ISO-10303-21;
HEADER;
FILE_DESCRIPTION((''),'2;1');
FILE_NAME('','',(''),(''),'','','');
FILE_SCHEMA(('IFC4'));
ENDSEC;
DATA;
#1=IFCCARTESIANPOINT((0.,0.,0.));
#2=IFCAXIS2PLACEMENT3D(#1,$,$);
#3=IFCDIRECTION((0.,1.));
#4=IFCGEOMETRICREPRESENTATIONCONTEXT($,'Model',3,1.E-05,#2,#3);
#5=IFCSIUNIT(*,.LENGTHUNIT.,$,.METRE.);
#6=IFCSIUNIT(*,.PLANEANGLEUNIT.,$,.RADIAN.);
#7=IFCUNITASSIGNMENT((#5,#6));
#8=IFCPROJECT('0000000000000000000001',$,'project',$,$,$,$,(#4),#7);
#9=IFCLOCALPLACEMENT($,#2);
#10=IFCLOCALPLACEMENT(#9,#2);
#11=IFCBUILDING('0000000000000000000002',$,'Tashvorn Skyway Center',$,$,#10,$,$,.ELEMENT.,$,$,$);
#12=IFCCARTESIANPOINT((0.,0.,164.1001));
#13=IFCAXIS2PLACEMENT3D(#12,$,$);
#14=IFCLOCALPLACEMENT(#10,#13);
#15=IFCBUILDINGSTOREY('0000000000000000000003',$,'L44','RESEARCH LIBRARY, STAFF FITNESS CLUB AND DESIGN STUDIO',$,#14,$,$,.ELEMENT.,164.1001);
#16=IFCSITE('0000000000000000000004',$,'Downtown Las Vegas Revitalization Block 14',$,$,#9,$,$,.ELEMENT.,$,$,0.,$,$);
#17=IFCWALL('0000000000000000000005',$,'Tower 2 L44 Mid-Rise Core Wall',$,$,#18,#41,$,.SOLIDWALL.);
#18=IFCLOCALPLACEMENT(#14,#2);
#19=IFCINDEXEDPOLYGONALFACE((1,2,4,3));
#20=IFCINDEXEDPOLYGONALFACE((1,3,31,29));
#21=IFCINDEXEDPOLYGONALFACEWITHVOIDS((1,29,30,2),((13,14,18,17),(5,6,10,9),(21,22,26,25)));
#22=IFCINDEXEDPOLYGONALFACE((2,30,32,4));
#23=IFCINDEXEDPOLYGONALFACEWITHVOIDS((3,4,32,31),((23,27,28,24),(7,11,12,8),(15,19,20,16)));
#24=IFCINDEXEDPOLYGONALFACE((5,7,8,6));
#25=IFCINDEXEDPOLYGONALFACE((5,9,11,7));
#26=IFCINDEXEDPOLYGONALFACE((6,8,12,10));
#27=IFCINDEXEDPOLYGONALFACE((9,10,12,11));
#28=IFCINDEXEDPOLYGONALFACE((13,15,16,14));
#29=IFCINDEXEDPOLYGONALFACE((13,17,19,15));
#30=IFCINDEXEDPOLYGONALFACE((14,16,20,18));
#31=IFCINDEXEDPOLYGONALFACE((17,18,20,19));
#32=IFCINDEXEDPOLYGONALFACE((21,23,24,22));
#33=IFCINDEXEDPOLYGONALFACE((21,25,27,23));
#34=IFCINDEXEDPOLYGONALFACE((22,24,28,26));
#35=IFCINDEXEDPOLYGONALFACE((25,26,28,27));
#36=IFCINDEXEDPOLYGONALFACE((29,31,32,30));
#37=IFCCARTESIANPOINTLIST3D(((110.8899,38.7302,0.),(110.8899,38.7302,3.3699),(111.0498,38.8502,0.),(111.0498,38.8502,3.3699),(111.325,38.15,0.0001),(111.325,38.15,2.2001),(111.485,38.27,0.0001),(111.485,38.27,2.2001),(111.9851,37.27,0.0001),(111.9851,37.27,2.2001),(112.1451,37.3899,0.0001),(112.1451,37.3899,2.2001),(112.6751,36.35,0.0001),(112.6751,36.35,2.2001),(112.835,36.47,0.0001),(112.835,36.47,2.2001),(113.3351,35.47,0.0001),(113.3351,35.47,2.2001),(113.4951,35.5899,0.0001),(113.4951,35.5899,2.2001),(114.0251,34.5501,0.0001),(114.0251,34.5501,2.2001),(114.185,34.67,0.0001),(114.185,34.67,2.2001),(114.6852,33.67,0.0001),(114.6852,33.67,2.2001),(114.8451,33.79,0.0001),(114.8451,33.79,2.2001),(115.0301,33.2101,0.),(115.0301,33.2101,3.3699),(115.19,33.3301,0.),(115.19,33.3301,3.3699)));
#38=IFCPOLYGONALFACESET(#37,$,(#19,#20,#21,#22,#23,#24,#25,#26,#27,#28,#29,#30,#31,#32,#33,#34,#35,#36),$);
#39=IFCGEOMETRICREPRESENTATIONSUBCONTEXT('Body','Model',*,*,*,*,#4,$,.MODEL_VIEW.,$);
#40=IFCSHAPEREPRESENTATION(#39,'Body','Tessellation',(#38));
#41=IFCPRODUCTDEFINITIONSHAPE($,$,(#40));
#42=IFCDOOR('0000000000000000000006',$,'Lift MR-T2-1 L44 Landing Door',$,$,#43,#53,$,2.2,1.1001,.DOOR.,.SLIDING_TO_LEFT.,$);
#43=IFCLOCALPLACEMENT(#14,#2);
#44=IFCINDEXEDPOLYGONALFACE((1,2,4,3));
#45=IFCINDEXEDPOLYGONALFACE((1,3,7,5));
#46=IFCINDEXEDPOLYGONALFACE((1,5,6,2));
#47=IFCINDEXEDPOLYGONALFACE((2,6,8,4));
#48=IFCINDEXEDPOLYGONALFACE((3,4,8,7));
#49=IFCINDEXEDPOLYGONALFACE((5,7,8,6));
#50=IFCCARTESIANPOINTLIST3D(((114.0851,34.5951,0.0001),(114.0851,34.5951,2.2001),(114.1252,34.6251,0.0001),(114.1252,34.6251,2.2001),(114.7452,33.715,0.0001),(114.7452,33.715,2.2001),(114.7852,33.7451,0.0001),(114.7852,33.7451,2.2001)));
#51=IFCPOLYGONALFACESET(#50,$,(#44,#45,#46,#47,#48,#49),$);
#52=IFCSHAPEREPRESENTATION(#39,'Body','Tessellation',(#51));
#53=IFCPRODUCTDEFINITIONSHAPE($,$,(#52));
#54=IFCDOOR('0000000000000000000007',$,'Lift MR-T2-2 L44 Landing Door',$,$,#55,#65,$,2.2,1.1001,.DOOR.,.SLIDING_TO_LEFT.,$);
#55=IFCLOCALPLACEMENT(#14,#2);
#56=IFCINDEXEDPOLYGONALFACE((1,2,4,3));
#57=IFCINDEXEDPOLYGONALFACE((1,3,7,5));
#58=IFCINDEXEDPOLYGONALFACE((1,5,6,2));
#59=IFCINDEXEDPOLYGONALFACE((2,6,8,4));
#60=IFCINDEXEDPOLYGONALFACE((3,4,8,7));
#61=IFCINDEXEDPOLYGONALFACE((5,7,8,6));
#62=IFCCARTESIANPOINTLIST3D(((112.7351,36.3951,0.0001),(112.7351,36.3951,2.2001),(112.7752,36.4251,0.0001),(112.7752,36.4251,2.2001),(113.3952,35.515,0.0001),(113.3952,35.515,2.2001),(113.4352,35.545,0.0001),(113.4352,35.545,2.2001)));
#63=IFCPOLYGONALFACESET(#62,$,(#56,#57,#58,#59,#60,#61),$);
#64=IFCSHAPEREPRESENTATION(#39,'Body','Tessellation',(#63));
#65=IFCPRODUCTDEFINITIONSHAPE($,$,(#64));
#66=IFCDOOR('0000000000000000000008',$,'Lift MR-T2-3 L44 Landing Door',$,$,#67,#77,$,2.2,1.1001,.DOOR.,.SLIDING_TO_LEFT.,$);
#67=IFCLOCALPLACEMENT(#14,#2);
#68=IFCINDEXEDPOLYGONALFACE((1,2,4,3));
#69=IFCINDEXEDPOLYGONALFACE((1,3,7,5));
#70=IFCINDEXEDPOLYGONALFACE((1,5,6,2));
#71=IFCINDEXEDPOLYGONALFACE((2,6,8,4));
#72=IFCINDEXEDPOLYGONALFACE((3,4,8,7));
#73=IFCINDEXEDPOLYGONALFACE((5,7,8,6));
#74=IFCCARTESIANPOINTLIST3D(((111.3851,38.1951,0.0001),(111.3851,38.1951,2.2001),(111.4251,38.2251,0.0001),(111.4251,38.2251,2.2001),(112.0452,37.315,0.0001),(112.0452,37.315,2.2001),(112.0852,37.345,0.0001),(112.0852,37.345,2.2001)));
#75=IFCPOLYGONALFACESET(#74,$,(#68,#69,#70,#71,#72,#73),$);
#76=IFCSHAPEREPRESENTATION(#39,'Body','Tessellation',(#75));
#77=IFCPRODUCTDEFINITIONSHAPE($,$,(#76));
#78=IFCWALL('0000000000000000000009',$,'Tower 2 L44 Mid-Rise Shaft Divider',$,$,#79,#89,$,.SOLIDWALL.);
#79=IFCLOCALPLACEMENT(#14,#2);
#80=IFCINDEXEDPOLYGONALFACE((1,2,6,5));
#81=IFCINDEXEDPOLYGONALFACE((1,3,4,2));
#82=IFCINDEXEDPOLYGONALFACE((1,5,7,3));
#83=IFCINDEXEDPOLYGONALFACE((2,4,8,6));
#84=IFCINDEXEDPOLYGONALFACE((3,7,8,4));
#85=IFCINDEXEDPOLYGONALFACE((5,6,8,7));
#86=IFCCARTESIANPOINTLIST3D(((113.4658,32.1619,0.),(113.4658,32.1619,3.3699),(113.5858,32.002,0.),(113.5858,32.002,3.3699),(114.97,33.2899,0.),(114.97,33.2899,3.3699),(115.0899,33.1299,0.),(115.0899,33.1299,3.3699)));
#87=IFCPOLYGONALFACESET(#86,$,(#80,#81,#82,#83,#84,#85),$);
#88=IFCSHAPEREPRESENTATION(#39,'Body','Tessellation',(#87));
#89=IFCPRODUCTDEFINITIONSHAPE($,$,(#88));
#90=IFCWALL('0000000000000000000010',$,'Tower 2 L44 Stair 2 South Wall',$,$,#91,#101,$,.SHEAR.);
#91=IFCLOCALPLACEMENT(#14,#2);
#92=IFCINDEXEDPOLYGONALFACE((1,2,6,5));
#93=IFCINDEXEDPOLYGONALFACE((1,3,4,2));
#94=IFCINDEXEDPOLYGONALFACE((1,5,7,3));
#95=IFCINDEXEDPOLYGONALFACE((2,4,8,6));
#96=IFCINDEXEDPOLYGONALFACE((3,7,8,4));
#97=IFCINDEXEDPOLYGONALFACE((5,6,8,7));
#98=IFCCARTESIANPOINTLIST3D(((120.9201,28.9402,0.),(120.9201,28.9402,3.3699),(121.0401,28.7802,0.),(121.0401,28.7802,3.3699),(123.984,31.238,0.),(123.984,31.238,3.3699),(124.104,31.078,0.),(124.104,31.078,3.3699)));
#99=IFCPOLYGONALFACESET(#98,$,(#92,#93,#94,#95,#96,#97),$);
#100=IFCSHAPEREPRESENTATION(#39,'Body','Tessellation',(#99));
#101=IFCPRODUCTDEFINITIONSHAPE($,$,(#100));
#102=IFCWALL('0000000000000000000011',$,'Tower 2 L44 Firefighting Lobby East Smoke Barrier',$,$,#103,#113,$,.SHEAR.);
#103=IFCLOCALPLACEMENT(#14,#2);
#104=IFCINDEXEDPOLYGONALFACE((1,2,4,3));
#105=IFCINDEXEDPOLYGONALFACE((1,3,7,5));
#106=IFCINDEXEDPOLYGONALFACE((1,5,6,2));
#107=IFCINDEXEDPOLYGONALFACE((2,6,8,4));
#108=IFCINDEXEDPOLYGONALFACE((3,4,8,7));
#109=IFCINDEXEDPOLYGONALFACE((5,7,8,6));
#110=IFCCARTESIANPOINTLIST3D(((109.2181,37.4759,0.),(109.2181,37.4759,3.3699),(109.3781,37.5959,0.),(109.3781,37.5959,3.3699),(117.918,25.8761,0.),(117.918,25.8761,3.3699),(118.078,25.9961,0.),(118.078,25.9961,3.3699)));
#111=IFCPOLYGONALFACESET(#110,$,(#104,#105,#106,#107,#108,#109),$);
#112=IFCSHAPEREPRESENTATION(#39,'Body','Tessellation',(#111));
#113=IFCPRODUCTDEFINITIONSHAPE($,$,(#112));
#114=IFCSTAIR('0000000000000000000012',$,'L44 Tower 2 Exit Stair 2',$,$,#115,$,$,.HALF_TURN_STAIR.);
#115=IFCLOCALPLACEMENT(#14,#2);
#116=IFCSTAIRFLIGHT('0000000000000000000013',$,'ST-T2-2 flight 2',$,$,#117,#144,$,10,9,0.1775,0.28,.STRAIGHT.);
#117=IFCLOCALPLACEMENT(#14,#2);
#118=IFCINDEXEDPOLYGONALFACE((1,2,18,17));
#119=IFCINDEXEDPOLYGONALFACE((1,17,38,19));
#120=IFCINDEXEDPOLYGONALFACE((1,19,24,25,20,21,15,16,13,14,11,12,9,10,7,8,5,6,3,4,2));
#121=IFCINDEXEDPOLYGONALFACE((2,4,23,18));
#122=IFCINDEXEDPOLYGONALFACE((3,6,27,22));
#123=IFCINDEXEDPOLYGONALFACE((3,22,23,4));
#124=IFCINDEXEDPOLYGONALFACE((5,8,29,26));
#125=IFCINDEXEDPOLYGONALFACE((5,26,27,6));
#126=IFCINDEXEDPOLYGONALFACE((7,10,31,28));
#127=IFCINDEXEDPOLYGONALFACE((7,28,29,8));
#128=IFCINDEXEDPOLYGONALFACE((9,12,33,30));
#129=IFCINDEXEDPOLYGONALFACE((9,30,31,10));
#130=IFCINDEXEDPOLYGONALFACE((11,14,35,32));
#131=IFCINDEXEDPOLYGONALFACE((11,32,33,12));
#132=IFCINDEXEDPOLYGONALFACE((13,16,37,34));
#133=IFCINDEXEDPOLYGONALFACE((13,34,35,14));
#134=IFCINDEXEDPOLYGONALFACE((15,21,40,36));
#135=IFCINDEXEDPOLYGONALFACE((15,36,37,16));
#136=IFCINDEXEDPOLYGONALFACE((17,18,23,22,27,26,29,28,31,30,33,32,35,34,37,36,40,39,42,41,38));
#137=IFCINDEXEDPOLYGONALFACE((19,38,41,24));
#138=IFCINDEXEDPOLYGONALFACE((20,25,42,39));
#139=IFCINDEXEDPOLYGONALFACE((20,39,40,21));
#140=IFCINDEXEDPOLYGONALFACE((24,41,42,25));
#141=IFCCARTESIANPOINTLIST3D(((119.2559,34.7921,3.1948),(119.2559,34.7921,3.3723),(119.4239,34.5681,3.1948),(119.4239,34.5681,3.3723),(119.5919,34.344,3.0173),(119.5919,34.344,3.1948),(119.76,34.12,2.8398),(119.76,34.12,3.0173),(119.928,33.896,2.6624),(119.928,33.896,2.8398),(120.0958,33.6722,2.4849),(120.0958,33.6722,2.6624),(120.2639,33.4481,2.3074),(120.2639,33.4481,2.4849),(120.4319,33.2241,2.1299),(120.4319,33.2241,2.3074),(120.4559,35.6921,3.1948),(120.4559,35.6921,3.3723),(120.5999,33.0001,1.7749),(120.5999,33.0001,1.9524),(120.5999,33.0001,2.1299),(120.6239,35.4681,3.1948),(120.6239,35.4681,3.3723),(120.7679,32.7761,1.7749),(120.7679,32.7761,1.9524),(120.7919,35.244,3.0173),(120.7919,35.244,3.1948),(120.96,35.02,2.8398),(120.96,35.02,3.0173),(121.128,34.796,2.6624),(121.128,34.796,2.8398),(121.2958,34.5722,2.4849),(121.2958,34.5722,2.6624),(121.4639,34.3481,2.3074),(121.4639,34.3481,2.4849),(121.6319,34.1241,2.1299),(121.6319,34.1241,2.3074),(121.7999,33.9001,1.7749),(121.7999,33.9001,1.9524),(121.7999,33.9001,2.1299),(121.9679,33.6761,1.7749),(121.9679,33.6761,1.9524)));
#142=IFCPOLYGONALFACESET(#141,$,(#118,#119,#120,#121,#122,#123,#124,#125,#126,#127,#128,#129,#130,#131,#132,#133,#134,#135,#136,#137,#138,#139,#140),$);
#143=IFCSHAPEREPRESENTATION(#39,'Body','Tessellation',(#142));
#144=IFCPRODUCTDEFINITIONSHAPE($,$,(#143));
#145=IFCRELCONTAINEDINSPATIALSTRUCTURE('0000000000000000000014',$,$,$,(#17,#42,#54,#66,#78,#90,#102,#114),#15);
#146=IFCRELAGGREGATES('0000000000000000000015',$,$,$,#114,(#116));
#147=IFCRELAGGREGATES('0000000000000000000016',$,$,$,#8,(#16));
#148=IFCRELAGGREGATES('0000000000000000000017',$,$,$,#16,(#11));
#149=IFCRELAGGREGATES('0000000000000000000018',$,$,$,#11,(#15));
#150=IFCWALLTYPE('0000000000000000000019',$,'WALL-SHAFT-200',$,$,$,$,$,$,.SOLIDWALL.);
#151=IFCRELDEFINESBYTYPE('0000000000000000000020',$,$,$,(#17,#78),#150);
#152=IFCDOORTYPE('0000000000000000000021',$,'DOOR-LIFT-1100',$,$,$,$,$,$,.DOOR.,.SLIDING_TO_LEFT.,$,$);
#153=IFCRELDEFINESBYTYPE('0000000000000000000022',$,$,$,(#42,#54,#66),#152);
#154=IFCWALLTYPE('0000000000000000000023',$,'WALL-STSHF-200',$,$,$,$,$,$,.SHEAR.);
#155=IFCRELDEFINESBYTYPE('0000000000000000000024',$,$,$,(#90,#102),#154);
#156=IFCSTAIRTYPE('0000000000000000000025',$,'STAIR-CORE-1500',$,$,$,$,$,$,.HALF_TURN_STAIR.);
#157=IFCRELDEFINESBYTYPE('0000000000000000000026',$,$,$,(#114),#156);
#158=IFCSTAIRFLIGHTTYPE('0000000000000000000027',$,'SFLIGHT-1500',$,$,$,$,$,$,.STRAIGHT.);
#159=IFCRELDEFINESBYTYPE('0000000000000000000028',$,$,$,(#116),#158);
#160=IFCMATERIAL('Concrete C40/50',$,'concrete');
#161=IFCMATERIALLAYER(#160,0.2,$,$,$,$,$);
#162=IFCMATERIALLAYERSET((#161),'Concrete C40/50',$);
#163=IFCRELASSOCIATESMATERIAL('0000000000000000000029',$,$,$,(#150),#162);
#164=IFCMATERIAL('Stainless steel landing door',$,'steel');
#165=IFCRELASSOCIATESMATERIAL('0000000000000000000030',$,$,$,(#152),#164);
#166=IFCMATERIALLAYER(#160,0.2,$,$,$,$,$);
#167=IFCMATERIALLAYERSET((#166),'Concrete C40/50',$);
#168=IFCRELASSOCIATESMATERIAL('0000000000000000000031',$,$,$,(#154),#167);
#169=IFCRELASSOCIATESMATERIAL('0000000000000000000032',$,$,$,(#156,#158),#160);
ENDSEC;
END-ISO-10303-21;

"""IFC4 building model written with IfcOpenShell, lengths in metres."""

from ifc_helpers import new_model, si_unit, direction, frame, frame_2d, origin, place, context, subcontext, project, spatial, polyline, rectangle, outline, extrude, material, layer, layer_set, type_object, element, fill, aggregate, save


model = new_model("IFC4")

# Units and contexts
model_context = context("Model", 3, precision=1e-05, world=origin(), true_north=direction((0.0, 1.0)))
body_context = subcontext(model_context, "Body", "Model", "MODEL_VIEW")
ifc_project = project(units=[si_unit("LENGTHUNIT", "METRE"), si_unit("PLANEANGLEUNIT", "RADIAN")], contexts=[model_context])

# Site, building, storey
site_placement = place(None, origin())
site = spatial("IfcSite", under=ifc_project, at=site_placement, Name="Downtown Las Vegas Revitalization Block 14", CompositionType="ELEMENT", RefElevation=0.0)
building_placement = place(site_placement, origin())
building = spatial("IfcBuilding", under=site, at=building_placement, Name="Tashvorn Skyway Center", CompositionType="ELEMENT")
storey_placement = place(building_placement, frame((0.0, 0.0, 164.1001)))
storey = spatial("IfcBuildingStorey", under=building, at=storey_placement, Name="L44", Description="RESEARCH LIBRARY, STAFF FITNESS CLUB AND DESIGN STUDIO", CompositionType="ELEMENT", Elevation=164.1001)

# Wall, openings, doors
ifc_material_1 = material(Name="Concrete C40/50", Category="concrete")
ifc_layer_1 = layer(ifc_material_1, 0.2)
ifc_layer_set_1 = layer_set([ifc_layer_1], Name="Concrete C40/50")
wall_type_1 = type_object("IfcWallType", Name="WALL-SHAFT-200", PredefinedType="SOLIDWALL", material=ifc_layer_set_1)
wall_1_placement = place(storey_placement, frame((115.1101, 33.27, 0.0), z_axis=(0.0, 0.0, 1.0), x_axis=(-0.600011, 0.799992, 0.0)))
wall_1 = element("IfcWall", 1, at=wall_1_placement, inside=storey, type_object=wall_type_1, Name="Tower 2 L44 Mid-Rise Core Wall", PredefinedType="SOLIDWALL", context=body_context, shape_type="SweptSolid", body=[
    extrude(rectangle(XDim=6.9001, YDim=0.2, at=frame_2d((3.4502, 0.0))), origin(), (0.0, 0.0, 1.0), 3.3699),
])
opening_1_placement = place(wall_1_placement, frame((0.575, 0.0, 0.0)))
opening_1 = element("IfcOpeningElement", 2, at=opening_1_placement, cuts=wall_1, PredefinedType="OPENING", context=body_context, shape_type="SweptSolid", body=[
    extrude(rectangle(XDim=1.1001, YDim=2.2, at=frame_2d((0.55, 1.1001))), frame((0.0, 0.1099, 0.0), z_axis=(0.0, -1.0, 0.0), x_axis=(1.0, 0.0, 0.0)), (0.0, 0.0, 1.0), 0.22),
])
opening_2_placement = place(wall_1_placement, frame((2.825, 0.0, 0.0)))
opening_2 = element("IfcOpeningElement", 3, at=opening_2_placement, cuts=wall_1, PredefinedType="OPENING", context=body_context, shape_type="SweptSolid", body=[
    extrude(rectangle(XDim=1.1001, YDim=2.2, at=frame_2d((0.55, 1.1001))), frame((0.0, 0.1099, 0.0), z_axis=(0.0, -1.0, 0.0), x_axis=(1.0, 0.0, 0.0)), (0.0, 0.0, 1.0), 0.22),
])
opening_3_placement = place(wall_1_placement, frame((5.075, 0.0, 0.0)))
opening_3 = element("IfcOpeningElement", 4, at=opening_3_placement, cuts=wall_1, PredefinedType="OPENING", context=body_context, shape_type="SweptSolid", body=[
    extrude(rectangle(XDim=1.1001, YDim=2.2, at=frame_2d((0.55, 1.1001))), frame((0.0, 0.1099, 0.0), z_axis=(0.0, -1.0, 0.0), x_axis=(1.0, 0.0, 0.0)), (0.0, 0.0, 1.0), 0.22),
])
ifc_material_2 = material(Name="Stainless steel landing door", Category="steel")
door_type_1 = type_object("IfcDoorType", Name="DOOR-LIFT-1100", OperationType="SLIDING_TO_LEFT", PredefinedType="DOOR", material=ifc_material_2)
door_1_placement = place(opening_1_placement, origin())
door_1 = element("IfcDoor", 5, at=door_1_placement, inside=storey, type_object=door_type_1, Name="Lift MR-T2-1 L44 Landing Door", OperationType="SLIDING_TO_LEFT", OverallHeight=2.2, OverallWidth=1.1001, PredefinedType="DOOR", context=body_context, shape_type="SweptSolid", body=[
    extrude(rectangle(XDim=1.1001, YDim=2.2, at=frame_2d((0.55, 1.1001))), frame((0.0, 0.0249, 0.0), z_axis=(0.0, -1.0, 0.0), x_axis=(1.0, 0.0, 0.0)), (0.0, 0.0, 1.0), 0.05),
])
fill(opening_1, door_1)
door_2_placement = place(opening_2_placement, origin())
door_2 = element("IfcDoor", 6, at=door_2_placement, inside=storey, type_object=door_type_1, Name="Lift MR-T2-2 L44 Landing Door", OperationType="SLIDING_TO_LEFT", OverallHeight=2.2, OverallWidth=1.1001, PredefinedType="DOOR", context=body_context, shape_type="SweptSolid", body=[
    extrude(rectangle(XDim=1.1001, YDim=2.2, at=frame_2d((0.55, 1.1001))), frame((0.0, 0.0249, 0.0), z_axis=(0.0, -1.0, 0.0), x_axis=(1.0, 0.0, 0.0)), (0.0, 0.0, 1.0), 0.05),
])
fill(opening_2, door_2)
door_3_placement = place(opening_3_placement, origin())
door_3 = element("IfcDoor", 7, at=door_3_placement, inside=storey, type_object=door_type_1, Name="Lift MR-T2-3 L44 Landing Door", OperationType="SLIDING_TO_LEFT", OverallHeight=2.2, OverallWidth=1.1001, PredefinedType="DOOR", context=body_context, shape_type="SweptSolid", body=[
    extrude(rectangle(XDim=1.1001, YDim=2.2, at=frame_2d((0.55, 1.1001))), frame((0.0, 0.0249, 0.0), z_axis=(0.0, -1.0, 0.0), x_axis=(1.0, 0.0, 0.0)), (0.0, 0.0, 1.0), 0.05),
])
fill(opening_3, door_3)

# Walls
wall_2_placement = place(storey_placement, frame((113.5259, 32.082, 0.0), z_axis=(0.0, 0.0, 1.0), x_axis=(0.800047, 0.599938, 0.0)))
element("IfcWall", 8, at=wall_2_placement, inside=storey, type_object=wall_type_1, Name="Tower 2 L44 Mid-Rise Shaft Divider", PredefinedType="SOLIDWALL", context=body_context, shape_type="SweptSolid", body=[
    extrude(rectangle(XDim=1.8801, YDim=0.2, at=frame_2d((0.9399, 0.0))), origin(), (0.0, 0.0, 1.0), 3.3699),
])
ifc_layer_2 = layer(ifc_material_1, 0.2)
ifc_layer_set_2 = layer_set([ifc_layer_2], Name="Concrete C40/50")
wall_type_2 = type_object("IfcWallType", Name="WALL-STSHF-200", PredefinedType="SHEAR", material=ifc_layer_set_2)
wall_3_placement = place(storey_placement, frame((120.98, 28.8601, 0.0), z_axis=(0.0, 0.0, 1.0), x_axis=(0.800015, 0.59998, 0.0)))
element("IfcWall", 9, at=wall_3_placement, inside=storey, type_object=wall_type_2, Name="Tower 2 L44 Stair 2 South Wall", PredefinedType="SHEAR", context=body_context, shape_type="SweptSolid", body=[
    extrude(rectangle(XDim=3.8298, YDim=0.2, at=frame_2d((1.915, 0.0))), origin(), (0.0, 0.0, 1.0), 3.3699),
])
wall_4_placement = place(storey_placement, frame((117.998, 25.936, 0.0), z_axis=(0.0, 0.0, 1.0), x_axis=(-0.600003, 0.799998, 0.0)))
element("IfcWall", 10, at=wall_4_placement, inside=storey, type_object=wall_type_2, Name="Tower 2 L44 Firefighting Lobby East Smoke Barrier", PredefinedType="SHEAR", context=body_context, shape_type="SweptSolid", body=[
    extrude(rectangle(XDim=14.4998, YDim=0.2, at=frame_2d((7.25, 0.0))), origin(), (0.0, 0.0, 1.0), 3.3699),
])

# Stair, stair flight
stair_type = type_object("IfcStairType", Name="STAIR-CORE-1500", PredefinedType="HALF_TURN_STAIR", material=ifc_material_1)
stair_placement = place(storey_placement, origin())
stair = element("IfcStair", 11, at=stair_placement, inside=storey, type_object=stair_type, Name="L44 Tower 2 Exit Stair 2", PredefinedType="HALF_TURN_STAIR")
stair_flight_type = type_object("IfcStairFlightType", Name="SFLIGHT-1500", PredefinedType="STRAIGHT", material=ifc_material_1)
stair_flight_placement = place(storey_placement, frame((121.3679, 33.2261, 1.7749), z_axis=(0.0, 0.0, 1.0), x_axis=(-0.6, 0.8, 0.0)))
stair_flight = element("IfcStairFlight", 12, at=stair_flight_placement, type_object=stair_flight_type, Name="ST-T2-2 flight 2", NumberOfRisers=10, NumberOfTreads=9, PredefinedType="STRAIGHT", RiserHeight=0.1775, TreadLength=0.28, context=body_context, shape_type="SweptSolid", body=[
    extrude(outline(polyline([(0.0, 0.0), (0.0, 0.1775), (0.28, 0.1775), (0.28, 0.355), (0.5601, 0.355), (0.5601, 0.5325), (0.8401, 0.5325), (0.8401, 0.71), (1.1201, 0.71), (1.1201, 0.8875), (1.3999, 0.8875), (1.3999, 1.0649), (1.6799, 1.0649), (1.6799, 1.2424), (1.96, 1.2424), (1.96, 1.4199), (2.24, 1.4199), (2.24, 1.5974), (2.52, 1.5974), (2.52, 1.7749), (2.52, 1.4199), (0.28, 0.0), (0.0, 0.0)])), frame((0.0, 0.75, 0.0), z_axis=(0.0, -1.0, 0.0), x_axis=(1.0, 0.0, 0.0)), (0.0, 0.0, 1.0), 1.5),
])
aggregate(stair, [stair_flight])

save(model, "model.ifc")
